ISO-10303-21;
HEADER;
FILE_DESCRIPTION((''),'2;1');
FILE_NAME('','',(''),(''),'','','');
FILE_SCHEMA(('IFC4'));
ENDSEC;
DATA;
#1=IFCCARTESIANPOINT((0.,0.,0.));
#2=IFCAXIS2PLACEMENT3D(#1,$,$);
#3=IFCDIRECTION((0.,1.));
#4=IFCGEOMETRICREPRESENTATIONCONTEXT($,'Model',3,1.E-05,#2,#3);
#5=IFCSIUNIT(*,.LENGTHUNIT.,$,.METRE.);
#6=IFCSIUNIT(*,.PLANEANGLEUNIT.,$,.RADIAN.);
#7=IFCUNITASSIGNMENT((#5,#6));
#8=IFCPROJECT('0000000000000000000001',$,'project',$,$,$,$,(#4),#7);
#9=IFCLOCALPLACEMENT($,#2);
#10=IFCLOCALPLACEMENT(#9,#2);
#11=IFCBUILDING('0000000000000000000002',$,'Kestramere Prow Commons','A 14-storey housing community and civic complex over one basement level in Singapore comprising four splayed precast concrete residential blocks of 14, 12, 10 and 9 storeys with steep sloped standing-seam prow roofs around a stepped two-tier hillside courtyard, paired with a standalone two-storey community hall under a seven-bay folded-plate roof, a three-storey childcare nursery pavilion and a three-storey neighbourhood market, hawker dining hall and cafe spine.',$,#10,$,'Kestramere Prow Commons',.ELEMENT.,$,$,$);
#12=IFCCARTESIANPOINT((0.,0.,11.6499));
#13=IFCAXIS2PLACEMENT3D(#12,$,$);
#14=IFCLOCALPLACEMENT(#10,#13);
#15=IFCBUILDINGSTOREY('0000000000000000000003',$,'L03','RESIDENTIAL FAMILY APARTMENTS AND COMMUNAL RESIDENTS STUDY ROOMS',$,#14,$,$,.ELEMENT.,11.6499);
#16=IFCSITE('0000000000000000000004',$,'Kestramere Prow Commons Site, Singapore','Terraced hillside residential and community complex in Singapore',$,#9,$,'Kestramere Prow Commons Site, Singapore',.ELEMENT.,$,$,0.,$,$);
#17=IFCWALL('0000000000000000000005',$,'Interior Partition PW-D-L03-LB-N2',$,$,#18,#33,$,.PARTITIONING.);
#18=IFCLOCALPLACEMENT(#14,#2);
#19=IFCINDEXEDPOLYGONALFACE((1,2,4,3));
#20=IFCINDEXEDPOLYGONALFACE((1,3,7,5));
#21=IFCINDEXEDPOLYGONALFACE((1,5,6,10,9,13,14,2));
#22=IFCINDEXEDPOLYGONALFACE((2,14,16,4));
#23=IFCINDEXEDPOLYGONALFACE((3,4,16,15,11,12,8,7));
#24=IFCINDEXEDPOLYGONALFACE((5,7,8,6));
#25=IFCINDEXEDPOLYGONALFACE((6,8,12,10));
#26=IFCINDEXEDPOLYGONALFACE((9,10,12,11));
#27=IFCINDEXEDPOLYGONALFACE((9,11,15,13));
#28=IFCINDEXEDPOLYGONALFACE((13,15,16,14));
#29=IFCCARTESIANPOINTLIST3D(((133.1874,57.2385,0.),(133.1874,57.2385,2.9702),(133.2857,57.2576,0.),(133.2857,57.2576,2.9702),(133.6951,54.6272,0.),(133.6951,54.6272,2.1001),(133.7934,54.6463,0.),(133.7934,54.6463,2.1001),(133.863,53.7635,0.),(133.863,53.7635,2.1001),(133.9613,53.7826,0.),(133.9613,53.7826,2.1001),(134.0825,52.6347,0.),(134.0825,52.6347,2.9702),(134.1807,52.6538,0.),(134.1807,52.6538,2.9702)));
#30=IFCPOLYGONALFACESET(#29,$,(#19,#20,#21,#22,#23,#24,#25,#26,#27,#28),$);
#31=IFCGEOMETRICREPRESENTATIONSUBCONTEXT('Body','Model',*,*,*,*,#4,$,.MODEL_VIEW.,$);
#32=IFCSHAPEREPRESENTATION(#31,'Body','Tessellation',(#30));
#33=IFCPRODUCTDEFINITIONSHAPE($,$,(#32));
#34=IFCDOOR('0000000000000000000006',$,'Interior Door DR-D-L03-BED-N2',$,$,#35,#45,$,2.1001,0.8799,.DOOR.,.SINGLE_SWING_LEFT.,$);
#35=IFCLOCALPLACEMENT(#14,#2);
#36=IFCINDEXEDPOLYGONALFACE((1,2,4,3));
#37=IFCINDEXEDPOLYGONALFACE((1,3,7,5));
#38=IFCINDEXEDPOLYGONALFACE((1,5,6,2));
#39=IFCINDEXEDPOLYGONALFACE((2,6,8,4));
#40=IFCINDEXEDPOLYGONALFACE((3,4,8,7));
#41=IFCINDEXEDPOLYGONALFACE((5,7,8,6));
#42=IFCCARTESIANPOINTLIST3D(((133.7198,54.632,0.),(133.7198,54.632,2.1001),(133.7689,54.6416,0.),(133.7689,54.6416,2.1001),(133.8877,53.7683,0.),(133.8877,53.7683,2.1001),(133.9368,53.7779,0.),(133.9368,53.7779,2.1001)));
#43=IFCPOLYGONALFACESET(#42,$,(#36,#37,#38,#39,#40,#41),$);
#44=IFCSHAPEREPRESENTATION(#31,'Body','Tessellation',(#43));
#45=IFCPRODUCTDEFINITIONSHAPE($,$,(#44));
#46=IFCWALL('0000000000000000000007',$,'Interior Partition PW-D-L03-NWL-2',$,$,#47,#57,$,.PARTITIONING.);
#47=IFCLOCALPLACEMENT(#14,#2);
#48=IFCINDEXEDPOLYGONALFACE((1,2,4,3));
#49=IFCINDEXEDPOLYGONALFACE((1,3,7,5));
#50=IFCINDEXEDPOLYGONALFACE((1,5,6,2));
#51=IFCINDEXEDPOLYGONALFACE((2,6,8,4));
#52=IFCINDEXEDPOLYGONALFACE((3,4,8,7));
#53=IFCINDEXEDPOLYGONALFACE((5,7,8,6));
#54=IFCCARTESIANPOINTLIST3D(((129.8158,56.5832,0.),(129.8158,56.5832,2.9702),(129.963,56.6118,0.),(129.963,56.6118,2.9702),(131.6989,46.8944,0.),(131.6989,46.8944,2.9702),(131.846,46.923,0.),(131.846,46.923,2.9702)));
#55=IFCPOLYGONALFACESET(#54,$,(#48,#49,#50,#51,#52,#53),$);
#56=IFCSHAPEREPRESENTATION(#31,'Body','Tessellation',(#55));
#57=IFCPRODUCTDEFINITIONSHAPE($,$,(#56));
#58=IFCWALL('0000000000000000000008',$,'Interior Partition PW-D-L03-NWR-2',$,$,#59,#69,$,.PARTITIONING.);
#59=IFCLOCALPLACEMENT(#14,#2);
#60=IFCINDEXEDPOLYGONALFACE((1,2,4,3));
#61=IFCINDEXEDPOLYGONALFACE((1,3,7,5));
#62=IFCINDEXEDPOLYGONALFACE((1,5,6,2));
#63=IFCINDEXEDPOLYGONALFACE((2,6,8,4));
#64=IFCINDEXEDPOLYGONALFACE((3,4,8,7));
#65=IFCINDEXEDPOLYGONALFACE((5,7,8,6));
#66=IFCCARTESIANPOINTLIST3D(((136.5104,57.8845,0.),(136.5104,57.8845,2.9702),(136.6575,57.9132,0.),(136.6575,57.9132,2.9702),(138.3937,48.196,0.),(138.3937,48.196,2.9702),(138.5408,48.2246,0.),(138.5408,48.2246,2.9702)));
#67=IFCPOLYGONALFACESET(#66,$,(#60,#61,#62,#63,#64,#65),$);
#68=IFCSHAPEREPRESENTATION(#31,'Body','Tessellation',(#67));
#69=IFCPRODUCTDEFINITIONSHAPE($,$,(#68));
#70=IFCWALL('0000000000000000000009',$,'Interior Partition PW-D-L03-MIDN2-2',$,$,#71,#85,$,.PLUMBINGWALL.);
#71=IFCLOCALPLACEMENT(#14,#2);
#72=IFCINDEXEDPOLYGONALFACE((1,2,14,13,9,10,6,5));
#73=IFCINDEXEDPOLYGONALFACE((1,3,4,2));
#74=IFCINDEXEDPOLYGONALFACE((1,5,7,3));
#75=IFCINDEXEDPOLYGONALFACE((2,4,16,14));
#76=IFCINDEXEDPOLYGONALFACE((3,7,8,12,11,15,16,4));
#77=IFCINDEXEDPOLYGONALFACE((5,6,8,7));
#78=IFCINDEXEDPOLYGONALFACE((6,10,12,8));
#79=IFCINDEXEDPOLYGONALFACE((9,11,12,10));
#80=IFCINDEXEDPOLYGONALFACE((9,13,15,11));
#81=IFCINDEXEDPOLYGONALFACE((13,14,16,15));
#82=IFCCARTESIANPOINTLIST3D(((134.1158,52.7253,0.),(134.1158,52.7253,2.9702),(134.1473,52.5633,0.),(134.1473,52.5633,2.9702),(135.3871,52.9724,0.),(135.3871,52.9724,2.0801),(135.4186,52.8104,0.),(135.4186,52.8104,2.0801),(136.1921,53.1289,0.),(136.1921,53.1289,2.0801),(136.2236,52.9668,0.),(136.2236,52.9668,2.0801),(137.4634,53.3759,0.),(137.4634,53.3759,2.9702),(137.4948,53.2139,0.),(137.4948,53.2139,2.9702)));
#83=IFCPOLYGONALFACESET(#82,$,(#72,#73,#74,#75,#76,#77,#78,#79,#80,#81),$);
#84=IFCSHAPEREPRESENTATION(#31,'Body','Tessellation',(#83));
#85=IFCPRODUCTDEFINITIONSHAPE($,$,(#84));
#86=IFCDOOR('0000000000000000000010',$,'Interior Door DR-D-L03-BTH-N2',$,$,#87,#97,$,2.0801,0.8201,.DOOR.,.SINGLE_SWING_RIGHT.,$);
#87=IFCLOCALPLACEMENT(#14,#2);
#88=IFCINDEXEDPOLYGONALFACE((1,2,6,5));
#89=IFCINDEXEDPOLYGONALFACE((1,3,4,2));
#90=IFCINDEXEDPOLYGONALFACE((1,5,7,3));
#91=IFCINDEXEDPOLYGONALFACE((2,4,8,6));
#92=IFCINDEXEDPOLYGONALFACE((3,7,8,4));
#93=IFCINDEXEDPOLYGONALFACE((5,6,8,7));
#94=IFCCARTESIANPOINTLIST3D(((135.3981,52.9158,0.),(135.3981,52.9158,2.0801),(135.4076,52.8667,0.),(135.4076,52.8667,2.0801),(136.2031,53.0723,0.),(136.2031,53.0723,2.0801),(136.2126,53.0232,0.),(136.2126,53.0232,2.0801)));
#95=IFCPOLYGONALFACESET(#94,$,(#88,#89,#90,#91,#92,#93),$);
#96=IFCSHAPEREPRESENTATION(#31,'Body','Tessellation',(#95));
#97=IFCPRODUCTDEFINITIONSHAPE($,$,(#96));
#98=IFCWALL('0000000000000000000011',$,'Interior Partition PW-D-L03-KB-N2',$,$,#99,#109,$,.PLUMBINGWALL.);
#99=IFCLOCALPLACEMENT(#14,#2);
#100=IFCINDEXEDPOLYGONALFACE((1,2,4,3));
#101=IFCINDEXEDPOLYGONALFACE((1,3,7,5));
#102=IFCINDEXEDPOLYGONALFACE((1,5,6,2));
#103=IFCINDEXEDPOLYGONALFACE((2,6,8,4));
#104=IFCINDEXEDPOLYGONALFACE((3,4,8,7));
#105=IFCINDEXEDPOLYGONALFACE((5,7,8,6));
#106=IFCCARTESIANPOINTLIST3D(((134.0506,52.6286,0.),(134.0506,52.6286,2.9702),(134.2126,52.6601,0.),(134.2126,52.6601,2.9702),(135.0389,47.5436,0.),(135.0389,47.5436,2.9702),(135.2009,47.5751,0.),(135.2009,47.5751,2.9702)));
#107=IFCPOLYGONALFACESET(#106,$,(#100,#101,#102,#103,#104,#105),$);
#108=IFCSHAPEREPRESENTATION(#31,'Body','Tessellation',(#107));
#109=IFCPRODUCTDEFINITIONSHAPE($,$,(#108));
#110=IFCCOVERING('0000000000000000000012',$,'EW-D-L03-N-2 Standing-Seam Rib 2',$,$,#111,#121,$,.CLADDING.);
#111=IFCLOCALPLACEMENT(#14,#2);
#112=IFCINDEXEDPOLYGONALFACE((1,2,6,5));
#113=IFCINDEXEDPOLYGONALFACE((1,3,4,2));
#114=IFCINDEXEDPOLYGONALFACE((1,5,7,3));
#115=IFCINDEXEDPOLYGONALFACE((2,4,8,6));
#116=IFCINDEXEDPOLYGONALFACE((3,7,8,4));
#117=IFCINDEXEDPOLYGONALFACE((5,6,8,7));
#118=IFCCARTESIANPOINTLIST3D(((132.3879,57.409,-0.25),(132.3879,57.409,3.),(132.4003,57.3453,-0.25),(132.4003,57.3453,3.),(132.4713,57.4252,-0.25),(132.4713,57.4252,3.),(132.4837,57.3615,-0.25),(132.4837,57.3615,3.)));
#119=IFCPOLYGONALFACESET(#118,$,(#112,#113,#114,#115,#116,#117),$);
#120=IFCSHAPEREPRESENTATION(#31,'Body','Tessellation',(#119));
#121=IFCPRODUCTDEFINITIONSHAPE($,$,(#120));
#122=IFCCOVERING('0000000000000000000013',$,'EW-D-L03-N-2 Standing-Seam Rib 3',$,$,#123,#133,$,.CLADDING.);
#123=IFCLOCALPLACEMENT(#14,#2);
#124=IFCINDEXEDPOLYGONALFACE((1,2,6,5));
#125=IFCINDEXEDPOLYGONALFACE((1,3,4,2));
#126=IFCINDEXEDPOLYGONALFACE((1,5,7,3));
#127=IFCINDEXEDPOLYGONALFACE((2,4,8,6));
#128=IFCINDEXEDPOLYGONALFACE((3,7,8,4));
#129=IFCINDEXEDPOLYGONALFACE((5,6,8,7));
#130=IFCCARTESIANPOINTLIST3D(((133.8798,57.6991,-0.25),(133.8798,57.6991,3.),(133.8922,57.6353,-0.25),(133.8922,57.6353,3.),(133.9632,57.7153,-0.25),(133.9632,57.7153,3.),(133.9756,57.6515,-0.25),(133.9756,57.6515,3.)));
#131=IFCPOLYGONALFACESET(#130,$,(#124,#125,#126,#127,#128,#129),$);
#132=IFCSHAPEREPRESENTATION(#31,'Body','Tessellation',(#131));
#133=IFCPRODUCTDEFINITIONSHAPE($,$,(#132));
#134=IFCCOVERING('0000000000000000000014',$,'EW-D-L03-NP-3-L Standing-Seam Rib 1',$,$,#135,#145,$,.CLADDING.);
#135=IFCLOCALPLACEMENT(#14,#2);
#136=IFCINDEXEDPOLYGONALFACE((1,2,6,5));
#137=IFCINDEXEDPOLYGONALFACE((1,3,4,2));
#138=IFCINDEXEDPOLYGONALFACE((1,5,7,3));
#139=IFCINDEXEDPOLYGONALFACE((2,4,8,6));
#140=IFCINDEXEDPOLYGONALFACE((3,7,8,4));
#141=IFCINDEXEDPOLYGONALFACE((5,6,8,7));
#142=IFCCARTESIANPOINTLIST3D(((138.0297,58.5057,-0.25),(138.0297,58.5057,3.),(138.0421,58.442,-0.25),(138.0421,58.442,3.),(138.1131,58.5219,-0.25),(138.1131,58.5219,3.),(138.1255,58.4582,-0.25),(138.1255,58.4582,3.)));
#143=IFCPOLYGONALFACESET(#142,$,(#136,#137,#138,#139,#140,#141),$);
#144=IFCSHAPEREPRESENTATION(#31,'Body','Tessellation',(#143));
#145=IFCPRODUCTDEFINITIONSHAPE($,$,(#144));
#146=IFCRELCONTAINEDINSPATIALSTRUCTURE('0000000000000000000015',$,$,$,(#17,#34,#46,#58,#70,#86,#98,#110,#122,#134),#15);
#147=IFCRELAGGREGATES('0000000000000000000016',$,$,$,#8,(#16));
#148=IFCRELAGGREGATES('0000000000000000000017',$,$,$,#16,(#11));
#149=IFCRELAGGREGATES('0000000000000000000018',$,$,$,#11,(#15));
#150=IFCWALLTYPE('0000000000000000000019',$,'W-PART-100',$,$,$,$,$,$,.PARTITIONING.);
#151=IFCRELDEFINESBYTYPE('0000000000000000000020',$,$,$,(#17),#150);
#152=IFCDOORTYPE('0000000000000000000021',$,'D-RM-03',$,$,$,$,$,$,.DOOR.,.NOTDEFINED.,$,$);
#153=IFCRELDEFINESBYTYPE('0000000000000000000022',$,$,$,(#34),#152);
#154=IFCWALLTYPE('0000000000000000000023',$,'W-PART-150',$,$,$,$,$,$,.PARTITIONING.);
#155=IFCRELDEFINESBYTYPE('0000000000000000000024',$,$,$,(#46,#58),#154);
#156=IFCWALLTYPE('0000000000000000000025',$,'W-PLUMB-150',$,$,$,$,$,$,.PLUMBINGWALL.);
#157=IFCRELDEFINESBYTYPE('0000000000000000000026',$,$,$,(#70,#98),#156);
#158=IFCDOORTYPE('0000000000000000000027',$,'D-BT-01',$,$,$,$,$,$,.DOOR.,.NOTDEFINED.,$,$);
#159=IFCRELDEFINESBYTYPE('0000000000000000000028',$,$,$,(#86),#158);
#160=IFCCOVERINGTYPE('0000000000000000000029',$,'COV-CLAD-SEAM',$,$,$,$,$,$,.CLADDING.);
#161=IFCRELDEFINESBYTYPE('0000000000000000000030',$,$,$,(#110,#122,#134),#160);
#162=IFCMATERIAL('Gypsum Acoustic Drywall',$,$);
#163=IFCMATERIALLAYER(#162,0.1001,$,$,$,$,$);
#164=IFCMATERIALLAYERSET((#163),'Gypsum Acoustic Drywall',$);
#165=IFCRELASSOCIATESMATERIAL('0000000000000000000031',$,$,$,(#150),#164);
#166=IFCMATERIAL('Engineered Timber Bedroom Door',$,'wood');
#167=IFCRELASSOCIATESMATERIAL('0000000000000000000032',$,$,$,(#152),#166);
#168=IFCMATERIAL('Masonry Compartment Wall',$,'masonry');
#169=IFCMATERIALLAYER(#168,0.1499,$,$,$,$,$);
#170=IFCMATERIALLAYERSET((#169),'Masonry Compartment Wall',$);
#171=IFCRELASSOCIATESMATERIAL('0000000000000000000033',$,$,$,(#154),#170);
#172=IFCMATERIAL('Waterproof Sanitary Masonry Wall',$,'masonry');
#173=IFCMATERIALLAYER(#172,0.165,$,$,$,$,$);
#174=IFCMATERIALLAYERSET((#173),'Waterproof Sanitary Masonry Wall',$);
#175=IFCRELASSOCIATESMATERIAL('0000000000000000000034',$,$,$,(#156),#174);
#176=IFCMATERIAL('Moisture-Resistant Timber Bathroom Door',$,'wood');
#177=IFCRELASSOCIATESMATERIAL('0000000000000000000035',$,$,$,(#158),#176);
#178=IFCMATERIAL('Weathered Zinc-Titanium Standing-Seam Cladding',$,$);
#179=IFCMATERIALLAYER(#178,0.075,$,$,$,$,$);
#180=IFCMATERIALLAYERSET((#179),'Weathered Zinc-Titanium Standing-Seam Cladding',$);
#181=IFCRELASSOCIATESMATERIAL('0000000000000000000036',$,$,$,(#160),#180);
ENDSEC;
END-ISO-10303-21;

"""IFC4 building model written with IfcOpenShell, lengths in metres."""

from ifc_helpers import new_model, si_unit, direction, frame, frame_2d, origin, origin_2d, place, context, subcontext, project, spatial, rectangle, extrude, material, layer, layer_set, type_object, element, fill, save


model = new_model("IFC4")

# Units and contexts
model_context = context("Model", 3, precision=1e-05, world=origin(), true_north=direction((0.0, 1.0)))
body_context = subcontext(model_context, "Body", "Model", "MODEL_VIEW")
ifc_project = project(units=[si_unit("LENGTHUNIT", "METRE"), si_unit("PLANEANGLEUNIT", "RADIAN")], contexts=[model_context])

# Site, building, storey
site_placement = place(None, origin())
site = spatial("IfcSite", under=ifc_project, at=site_placement, Name="Kestramere Prow Commons Site, Singapore", Description="Terraced hillside residential and community complex in Singapore", LongName="Kestramere Prow Commons Site, Singapore", CompositionType="ELEMENT", RefElevation=0.0)
building_placement = place(site_placement, origin())
building = spatial("IfcBuilding", under=site, at=building_placement, Name="Kestramere Prow Commons", Description="A 14-storey housing community and civic complex over one basement level in Singapore comprising four splayed precast concrete residential blocks of 14, 12, 10 and 9 storeys with steep sloped standing-seam prow roofs around a stepped two-tier hillside courtyard, paired with a standalone two-storey community hall under a seven-bay folded-plate roof, a three-storey childcare nursery pavilion and a three-storey neighbourhood market, hawker dining hall and cafe spine.", LongName="Kestramere Prow Commons", CompositionType="ELEMENT")
storey_placement = place(building_placement, frame((0.0, 0.0, 11.6499)))
storey = spatial("IfcBuildingStorey", under=building, at=storey_placement, Name="L03", Description="RESIDENTIAL FAMILY APARTMENTS AND COMMUNAL RESIDENTS STUDY ROOMS", CompositionType="ELEMENT", Elevation=11.6499)

# Wall, opening, door
ifc_material_1 = material(Name="Gypsum Acoustic Drywall")
ifc_layer_1 = layer(ifc_material_1, 0.1001)
ifc_layer_set_1 = layer_set([ifc_layer_1], Name="Gypsum Acoustic Drywall")
wall_type_1 = type_object("IfcWallType", Name="W-PART-100", PredefinedType="PARTITIONING", material=ifc_layer_set_1)
wall_1_placement = place(storey_placement, frame((134.1316, 52.6443, 0.0), z_axis=(0.0, 0.0, 1.0), x_axis=(-0.190838, 0.981622, 0.0)))
wall_1 = element("IfcWall", 1, at=wall_1_placement, inside=storey, type_object=wall_type_1, Name="Interior Partition PW-D-L03-LB-N2", PredefinedType="PARTITIONING", context=body_context, shape_type="SweptSolid", body=[
    extrude(rectangle(XDim=4.6899, YDim=0.1001, at=frame_2d((2.345, 0.0))), origin(), (0.0, 0.0, 1.0), 2.9702),
])
opening_1_placement = place(wall_1_placement, frame((1.1499, 0.0, 0.0)))
opening_1 = element("IfcOpeningElement", 2, at=opening_1_placement, cuts=wall_1, PredefinedType="OPENING", context=body_context, shape_type="SweptSolid", body=[
    extrude(rectangle(XDim=0.8799, YDim=2.1001, at=frame_2d((0.4399, 1.05))), frame((0.0, 0.0649, 0.0), z_axis=(0.0, -1.0, 0.0), x_axis=(1.0, 0.0, 0.0)), (0.0, 0.0, 1.0), 0.1301),
])
ifc_material_2 = material(Name="Engineered Timber Bedroom Door", Category="wood")
door_type_1 = type_object("IfcDoorType", Name="D-RM-03", OperationType="NOTDEFINED", PredefinedType="DOOR", material=ifc_material_2)
door_1_placement = place(opening_1_placement, origin())
door_1 = element("IfcDoor", 3, at=door_1_placement, inside=storey, type_object=door_type_1, Name="Interior Door DR-D-L03-BED-N2", OperationType="SINGLE_SWING_LEFT", OverallHeight=2.1001, OverallWidth=0.8799, PredefinedType="DOOR", context=body_context, shape_type="SweptSolid", body=[
    extrude(rectangle(XDim=0.8799, YDim=2.1001, at=frame_2d((0.4399, 1.05))), frame((0.0, 0.0249, 0.0), z_axis=(0.0, -1.0, 0.0), x_axis=(1.0, 0.0, 0.0)), (0.0, 0.0, 1.0), 0.05),
])
fill(opening_1, door_1)

# Walls
ifc_material_3 = material(Name="Masonry Compartment Wall", Category="masonry")
ifc_layer_2 = layer(ifc_material_3, 0.1499)
ifc_layer_set_2 = layer_set([ifc_layer_2], Name="Masonry Compartment Wall")
wall_type_2 = type_object("IfcWallType", Name="W-PART-150", PredefinedType="PARTITIONING", material=ifc_layer_set_2)
wall_2_placement = place(storey_placement, frame((131.7725, 46.9087, 0.0), z_axis=(0.0, 0.0, 1.0), x_axis=(-0.190786, 0.981632, 0.0)))
element("IfcWall", 4, at=wall_2_placement, inside=storey, type_object=wall_type_2, Name="Interior Partition PW-D-L03-NWL-2", PredefinedType="PARTITIONING", context=body_context, shape_type="SweptSolid", body=[
    extrude(rectangle(XDim=9.8701, YDim=0.1499, at=frame_2d((4.9351, 0.0))), origin(), (0.0, 0.0, 1.0), 2.9702),
])
wall_3_placement = place(storey_placement, frame((138.4673, 48.2102, 0.0), z_axis=(0.0, 0.0, 1.0), x_axis=(-0.190814, 0.981626, 0.0)))
element("IfcWall", 5, at=wall_3_placement, inside=storey, type_object=wall_type_2, Name="Interior Partition PW-D-L03-NWR-2", PredefinedType="PARTITIONING", context=body_context, shape_type="SweptSolid", body=[
    extrude(rectangle(XDim=9.8699, YDim=0.1499, at=frame_2d((4.9351, 0.0))), origin(), (0.0, 0.0, 1.0), 2.9702),
])

# Wall, opening, door
ifc_material_4 = material(Name="Waterproof Sanitary Masonry Wall", Category="masonry")
ifc_layer_3 = layer(ifc_material_4, 0.165)
ifc_layer_set_3 = layer_set([ifc_layer_3], Name="Waterproof Sanitary Masonry Wall")
wall_type_3 = type_object("IfcWallType", Name="W-PLUMB-150", PredefinedType="PLUMBINGWALL", material=ifc_layer_set_3)
wall_4_placement = place(storey_placement, frame((134.1316, 52.6443, 0.0), z_axis=(0.0, 0.0, 1.0), x_axis=(0.981629, 0.190799, 0.0)))
wall_4 = element("IfcWall", 6, at=wall_4_placement, inside=storey, type_object=wall_type_3, Name="Interior Partition PW-D-L03-MIDN2-2", PredefinedType="PLUMBINGWALL", context=body_context, shape_type="SweptSolid", body=[
    extrude(rectangle(XDim=3.4102, YDim=0.165, at=frame_2d((1.7051, 0.0))), origin(), (0.0, 0.0, 1.0), 2.9702),
])
opening_2_placement = place(wall_4_placement, frame((1.2949, 0.0, 0.0)))
opening_2 = element("IfcOpeningElement", 7, at=opening_2_placement, cuts=wall_4, PredefinedType="OPENING", context=body_context, shape_type="SweptSolid", body=[
    extrude(rectangle(XDim=0.8201, YDim=2.0801, at=frame_2d((0.4102, 1.04))), frame((0.0, 0.0974, 0.0), z_axis=(0.0, -1.0, 0.0), x_axis=(1.0, 0.0, 0.0)), (0.0, 0.0, 1.0), 0.1951),
])
ifc_material_5 = material(Name="Moisture-Resistant Timber Bathroom Door", Category="wood")
door_type_2 = type_object("IfcDoorType", Name="D-BT-01", OperationType="NOTDEFINED", PredefinedType="DOOR", material=ifc_material_5)
door_2_placement = place(opening_2_placement, origin())
door_2 = element("IfcDoor", 8, at=door_2_placement, inside=storey, type_object=door_type_2, Name="Interior Door DR-D-L03-BTH-N2", OperationType="SINGLE_SWING_RIGHT", OverallHeight=2.0801, OverallWidth=0.8201, PredefinedType="DOOR", context=body_context, shape_type="SweptSolid", body=[
    extrude(rectangle(XDim=0.8201, YDim=2.0801, at=frame_2d((0.4102, 1.04))), frame((0.0, 0.0249, 0.0), z_axis=(0.0, -1.0, 0.0), x_axis=(1.0, 0.0, 0.0)), (0.0, 0.0, 1.0), 0.05),
])
fill(opening_2, door_2)

# Wall
wall_5_placement = place(storey_placement, frame((135.1199, 47.5593, 0.0), z_axis=(0.0, 0.0, 1.0), x_axis=(-0.190784, 0.981632, 0.0)))
element("IfcWall", 9, at=wall_5_placement, inside=storey, type_object=wall_type_3, Name="Interior Partition PW-D-L03-KB-N2", PredefinedType="PLUMBINGWALL", context=body_context, shape_type="SweptSolid", body=[
    extrude(rectangle(XDim=5.1802, YDim=0.165, at=frame_2d((2.5901, 0.0))), origin(), (0.0, 0.0, 1.0), 2.9702),
])

# Coverings
ifc_material_6 = material(Name="Weathered Zinc-Titanium Standing-Seam Cladding")
ifc_layer_4 = layer(ifc_material_6, 0.075)
ifc_layer_set_4 = layer_set([ifc_layer_4], Name="Weathered Zinc-Titanium Standing-Seam Cladding")
covering_type = type_object("IfcCoveringType", Name="COV-CLAD-SEAM", PredefinedType="CLADDING", material=ifc_layer_set_4)
for number, where, z_axis, x_axis, name in (
    (10, (132.4358, 57.3853, -0.25), (0.0, 0.0, 1.0), (0.981627, 0.190809, 0.0), "EW-D-L03-N-2 Standing-Seam Rib 2"),
    (11, (133.9277, 57.6753, -0.25), (0.0, 0.0, 1.0), (0.981627, 0.190809, 0.0), "EW-D-L03-N-2 Standing-Seam Rib 3"),
    (12, (138.0776, 58.4819, -0.25), (0.0, 0.0, 1.0), (0.981627, 0.190809, 0.0), "EW-D-L03-NP-3-L Standing-Seam Rib 1"),
):
    element("IfcCovering", number, at=place(storey_placement, frame(where, z_axis=z_axis, x_axis=x_axis)), inside=storey, type_object=covering_type, Name=name, PredefinedType="CLADDING", context=body_context, shape_type="SweptSolid", body=[
        extrude(rectangle(XDim=0.085, YDim=0.0649, at=origin_2d()), origin(), (0.0, 0.0, 1.0), 3.25),
    ])

save(model, "model.ifc")
